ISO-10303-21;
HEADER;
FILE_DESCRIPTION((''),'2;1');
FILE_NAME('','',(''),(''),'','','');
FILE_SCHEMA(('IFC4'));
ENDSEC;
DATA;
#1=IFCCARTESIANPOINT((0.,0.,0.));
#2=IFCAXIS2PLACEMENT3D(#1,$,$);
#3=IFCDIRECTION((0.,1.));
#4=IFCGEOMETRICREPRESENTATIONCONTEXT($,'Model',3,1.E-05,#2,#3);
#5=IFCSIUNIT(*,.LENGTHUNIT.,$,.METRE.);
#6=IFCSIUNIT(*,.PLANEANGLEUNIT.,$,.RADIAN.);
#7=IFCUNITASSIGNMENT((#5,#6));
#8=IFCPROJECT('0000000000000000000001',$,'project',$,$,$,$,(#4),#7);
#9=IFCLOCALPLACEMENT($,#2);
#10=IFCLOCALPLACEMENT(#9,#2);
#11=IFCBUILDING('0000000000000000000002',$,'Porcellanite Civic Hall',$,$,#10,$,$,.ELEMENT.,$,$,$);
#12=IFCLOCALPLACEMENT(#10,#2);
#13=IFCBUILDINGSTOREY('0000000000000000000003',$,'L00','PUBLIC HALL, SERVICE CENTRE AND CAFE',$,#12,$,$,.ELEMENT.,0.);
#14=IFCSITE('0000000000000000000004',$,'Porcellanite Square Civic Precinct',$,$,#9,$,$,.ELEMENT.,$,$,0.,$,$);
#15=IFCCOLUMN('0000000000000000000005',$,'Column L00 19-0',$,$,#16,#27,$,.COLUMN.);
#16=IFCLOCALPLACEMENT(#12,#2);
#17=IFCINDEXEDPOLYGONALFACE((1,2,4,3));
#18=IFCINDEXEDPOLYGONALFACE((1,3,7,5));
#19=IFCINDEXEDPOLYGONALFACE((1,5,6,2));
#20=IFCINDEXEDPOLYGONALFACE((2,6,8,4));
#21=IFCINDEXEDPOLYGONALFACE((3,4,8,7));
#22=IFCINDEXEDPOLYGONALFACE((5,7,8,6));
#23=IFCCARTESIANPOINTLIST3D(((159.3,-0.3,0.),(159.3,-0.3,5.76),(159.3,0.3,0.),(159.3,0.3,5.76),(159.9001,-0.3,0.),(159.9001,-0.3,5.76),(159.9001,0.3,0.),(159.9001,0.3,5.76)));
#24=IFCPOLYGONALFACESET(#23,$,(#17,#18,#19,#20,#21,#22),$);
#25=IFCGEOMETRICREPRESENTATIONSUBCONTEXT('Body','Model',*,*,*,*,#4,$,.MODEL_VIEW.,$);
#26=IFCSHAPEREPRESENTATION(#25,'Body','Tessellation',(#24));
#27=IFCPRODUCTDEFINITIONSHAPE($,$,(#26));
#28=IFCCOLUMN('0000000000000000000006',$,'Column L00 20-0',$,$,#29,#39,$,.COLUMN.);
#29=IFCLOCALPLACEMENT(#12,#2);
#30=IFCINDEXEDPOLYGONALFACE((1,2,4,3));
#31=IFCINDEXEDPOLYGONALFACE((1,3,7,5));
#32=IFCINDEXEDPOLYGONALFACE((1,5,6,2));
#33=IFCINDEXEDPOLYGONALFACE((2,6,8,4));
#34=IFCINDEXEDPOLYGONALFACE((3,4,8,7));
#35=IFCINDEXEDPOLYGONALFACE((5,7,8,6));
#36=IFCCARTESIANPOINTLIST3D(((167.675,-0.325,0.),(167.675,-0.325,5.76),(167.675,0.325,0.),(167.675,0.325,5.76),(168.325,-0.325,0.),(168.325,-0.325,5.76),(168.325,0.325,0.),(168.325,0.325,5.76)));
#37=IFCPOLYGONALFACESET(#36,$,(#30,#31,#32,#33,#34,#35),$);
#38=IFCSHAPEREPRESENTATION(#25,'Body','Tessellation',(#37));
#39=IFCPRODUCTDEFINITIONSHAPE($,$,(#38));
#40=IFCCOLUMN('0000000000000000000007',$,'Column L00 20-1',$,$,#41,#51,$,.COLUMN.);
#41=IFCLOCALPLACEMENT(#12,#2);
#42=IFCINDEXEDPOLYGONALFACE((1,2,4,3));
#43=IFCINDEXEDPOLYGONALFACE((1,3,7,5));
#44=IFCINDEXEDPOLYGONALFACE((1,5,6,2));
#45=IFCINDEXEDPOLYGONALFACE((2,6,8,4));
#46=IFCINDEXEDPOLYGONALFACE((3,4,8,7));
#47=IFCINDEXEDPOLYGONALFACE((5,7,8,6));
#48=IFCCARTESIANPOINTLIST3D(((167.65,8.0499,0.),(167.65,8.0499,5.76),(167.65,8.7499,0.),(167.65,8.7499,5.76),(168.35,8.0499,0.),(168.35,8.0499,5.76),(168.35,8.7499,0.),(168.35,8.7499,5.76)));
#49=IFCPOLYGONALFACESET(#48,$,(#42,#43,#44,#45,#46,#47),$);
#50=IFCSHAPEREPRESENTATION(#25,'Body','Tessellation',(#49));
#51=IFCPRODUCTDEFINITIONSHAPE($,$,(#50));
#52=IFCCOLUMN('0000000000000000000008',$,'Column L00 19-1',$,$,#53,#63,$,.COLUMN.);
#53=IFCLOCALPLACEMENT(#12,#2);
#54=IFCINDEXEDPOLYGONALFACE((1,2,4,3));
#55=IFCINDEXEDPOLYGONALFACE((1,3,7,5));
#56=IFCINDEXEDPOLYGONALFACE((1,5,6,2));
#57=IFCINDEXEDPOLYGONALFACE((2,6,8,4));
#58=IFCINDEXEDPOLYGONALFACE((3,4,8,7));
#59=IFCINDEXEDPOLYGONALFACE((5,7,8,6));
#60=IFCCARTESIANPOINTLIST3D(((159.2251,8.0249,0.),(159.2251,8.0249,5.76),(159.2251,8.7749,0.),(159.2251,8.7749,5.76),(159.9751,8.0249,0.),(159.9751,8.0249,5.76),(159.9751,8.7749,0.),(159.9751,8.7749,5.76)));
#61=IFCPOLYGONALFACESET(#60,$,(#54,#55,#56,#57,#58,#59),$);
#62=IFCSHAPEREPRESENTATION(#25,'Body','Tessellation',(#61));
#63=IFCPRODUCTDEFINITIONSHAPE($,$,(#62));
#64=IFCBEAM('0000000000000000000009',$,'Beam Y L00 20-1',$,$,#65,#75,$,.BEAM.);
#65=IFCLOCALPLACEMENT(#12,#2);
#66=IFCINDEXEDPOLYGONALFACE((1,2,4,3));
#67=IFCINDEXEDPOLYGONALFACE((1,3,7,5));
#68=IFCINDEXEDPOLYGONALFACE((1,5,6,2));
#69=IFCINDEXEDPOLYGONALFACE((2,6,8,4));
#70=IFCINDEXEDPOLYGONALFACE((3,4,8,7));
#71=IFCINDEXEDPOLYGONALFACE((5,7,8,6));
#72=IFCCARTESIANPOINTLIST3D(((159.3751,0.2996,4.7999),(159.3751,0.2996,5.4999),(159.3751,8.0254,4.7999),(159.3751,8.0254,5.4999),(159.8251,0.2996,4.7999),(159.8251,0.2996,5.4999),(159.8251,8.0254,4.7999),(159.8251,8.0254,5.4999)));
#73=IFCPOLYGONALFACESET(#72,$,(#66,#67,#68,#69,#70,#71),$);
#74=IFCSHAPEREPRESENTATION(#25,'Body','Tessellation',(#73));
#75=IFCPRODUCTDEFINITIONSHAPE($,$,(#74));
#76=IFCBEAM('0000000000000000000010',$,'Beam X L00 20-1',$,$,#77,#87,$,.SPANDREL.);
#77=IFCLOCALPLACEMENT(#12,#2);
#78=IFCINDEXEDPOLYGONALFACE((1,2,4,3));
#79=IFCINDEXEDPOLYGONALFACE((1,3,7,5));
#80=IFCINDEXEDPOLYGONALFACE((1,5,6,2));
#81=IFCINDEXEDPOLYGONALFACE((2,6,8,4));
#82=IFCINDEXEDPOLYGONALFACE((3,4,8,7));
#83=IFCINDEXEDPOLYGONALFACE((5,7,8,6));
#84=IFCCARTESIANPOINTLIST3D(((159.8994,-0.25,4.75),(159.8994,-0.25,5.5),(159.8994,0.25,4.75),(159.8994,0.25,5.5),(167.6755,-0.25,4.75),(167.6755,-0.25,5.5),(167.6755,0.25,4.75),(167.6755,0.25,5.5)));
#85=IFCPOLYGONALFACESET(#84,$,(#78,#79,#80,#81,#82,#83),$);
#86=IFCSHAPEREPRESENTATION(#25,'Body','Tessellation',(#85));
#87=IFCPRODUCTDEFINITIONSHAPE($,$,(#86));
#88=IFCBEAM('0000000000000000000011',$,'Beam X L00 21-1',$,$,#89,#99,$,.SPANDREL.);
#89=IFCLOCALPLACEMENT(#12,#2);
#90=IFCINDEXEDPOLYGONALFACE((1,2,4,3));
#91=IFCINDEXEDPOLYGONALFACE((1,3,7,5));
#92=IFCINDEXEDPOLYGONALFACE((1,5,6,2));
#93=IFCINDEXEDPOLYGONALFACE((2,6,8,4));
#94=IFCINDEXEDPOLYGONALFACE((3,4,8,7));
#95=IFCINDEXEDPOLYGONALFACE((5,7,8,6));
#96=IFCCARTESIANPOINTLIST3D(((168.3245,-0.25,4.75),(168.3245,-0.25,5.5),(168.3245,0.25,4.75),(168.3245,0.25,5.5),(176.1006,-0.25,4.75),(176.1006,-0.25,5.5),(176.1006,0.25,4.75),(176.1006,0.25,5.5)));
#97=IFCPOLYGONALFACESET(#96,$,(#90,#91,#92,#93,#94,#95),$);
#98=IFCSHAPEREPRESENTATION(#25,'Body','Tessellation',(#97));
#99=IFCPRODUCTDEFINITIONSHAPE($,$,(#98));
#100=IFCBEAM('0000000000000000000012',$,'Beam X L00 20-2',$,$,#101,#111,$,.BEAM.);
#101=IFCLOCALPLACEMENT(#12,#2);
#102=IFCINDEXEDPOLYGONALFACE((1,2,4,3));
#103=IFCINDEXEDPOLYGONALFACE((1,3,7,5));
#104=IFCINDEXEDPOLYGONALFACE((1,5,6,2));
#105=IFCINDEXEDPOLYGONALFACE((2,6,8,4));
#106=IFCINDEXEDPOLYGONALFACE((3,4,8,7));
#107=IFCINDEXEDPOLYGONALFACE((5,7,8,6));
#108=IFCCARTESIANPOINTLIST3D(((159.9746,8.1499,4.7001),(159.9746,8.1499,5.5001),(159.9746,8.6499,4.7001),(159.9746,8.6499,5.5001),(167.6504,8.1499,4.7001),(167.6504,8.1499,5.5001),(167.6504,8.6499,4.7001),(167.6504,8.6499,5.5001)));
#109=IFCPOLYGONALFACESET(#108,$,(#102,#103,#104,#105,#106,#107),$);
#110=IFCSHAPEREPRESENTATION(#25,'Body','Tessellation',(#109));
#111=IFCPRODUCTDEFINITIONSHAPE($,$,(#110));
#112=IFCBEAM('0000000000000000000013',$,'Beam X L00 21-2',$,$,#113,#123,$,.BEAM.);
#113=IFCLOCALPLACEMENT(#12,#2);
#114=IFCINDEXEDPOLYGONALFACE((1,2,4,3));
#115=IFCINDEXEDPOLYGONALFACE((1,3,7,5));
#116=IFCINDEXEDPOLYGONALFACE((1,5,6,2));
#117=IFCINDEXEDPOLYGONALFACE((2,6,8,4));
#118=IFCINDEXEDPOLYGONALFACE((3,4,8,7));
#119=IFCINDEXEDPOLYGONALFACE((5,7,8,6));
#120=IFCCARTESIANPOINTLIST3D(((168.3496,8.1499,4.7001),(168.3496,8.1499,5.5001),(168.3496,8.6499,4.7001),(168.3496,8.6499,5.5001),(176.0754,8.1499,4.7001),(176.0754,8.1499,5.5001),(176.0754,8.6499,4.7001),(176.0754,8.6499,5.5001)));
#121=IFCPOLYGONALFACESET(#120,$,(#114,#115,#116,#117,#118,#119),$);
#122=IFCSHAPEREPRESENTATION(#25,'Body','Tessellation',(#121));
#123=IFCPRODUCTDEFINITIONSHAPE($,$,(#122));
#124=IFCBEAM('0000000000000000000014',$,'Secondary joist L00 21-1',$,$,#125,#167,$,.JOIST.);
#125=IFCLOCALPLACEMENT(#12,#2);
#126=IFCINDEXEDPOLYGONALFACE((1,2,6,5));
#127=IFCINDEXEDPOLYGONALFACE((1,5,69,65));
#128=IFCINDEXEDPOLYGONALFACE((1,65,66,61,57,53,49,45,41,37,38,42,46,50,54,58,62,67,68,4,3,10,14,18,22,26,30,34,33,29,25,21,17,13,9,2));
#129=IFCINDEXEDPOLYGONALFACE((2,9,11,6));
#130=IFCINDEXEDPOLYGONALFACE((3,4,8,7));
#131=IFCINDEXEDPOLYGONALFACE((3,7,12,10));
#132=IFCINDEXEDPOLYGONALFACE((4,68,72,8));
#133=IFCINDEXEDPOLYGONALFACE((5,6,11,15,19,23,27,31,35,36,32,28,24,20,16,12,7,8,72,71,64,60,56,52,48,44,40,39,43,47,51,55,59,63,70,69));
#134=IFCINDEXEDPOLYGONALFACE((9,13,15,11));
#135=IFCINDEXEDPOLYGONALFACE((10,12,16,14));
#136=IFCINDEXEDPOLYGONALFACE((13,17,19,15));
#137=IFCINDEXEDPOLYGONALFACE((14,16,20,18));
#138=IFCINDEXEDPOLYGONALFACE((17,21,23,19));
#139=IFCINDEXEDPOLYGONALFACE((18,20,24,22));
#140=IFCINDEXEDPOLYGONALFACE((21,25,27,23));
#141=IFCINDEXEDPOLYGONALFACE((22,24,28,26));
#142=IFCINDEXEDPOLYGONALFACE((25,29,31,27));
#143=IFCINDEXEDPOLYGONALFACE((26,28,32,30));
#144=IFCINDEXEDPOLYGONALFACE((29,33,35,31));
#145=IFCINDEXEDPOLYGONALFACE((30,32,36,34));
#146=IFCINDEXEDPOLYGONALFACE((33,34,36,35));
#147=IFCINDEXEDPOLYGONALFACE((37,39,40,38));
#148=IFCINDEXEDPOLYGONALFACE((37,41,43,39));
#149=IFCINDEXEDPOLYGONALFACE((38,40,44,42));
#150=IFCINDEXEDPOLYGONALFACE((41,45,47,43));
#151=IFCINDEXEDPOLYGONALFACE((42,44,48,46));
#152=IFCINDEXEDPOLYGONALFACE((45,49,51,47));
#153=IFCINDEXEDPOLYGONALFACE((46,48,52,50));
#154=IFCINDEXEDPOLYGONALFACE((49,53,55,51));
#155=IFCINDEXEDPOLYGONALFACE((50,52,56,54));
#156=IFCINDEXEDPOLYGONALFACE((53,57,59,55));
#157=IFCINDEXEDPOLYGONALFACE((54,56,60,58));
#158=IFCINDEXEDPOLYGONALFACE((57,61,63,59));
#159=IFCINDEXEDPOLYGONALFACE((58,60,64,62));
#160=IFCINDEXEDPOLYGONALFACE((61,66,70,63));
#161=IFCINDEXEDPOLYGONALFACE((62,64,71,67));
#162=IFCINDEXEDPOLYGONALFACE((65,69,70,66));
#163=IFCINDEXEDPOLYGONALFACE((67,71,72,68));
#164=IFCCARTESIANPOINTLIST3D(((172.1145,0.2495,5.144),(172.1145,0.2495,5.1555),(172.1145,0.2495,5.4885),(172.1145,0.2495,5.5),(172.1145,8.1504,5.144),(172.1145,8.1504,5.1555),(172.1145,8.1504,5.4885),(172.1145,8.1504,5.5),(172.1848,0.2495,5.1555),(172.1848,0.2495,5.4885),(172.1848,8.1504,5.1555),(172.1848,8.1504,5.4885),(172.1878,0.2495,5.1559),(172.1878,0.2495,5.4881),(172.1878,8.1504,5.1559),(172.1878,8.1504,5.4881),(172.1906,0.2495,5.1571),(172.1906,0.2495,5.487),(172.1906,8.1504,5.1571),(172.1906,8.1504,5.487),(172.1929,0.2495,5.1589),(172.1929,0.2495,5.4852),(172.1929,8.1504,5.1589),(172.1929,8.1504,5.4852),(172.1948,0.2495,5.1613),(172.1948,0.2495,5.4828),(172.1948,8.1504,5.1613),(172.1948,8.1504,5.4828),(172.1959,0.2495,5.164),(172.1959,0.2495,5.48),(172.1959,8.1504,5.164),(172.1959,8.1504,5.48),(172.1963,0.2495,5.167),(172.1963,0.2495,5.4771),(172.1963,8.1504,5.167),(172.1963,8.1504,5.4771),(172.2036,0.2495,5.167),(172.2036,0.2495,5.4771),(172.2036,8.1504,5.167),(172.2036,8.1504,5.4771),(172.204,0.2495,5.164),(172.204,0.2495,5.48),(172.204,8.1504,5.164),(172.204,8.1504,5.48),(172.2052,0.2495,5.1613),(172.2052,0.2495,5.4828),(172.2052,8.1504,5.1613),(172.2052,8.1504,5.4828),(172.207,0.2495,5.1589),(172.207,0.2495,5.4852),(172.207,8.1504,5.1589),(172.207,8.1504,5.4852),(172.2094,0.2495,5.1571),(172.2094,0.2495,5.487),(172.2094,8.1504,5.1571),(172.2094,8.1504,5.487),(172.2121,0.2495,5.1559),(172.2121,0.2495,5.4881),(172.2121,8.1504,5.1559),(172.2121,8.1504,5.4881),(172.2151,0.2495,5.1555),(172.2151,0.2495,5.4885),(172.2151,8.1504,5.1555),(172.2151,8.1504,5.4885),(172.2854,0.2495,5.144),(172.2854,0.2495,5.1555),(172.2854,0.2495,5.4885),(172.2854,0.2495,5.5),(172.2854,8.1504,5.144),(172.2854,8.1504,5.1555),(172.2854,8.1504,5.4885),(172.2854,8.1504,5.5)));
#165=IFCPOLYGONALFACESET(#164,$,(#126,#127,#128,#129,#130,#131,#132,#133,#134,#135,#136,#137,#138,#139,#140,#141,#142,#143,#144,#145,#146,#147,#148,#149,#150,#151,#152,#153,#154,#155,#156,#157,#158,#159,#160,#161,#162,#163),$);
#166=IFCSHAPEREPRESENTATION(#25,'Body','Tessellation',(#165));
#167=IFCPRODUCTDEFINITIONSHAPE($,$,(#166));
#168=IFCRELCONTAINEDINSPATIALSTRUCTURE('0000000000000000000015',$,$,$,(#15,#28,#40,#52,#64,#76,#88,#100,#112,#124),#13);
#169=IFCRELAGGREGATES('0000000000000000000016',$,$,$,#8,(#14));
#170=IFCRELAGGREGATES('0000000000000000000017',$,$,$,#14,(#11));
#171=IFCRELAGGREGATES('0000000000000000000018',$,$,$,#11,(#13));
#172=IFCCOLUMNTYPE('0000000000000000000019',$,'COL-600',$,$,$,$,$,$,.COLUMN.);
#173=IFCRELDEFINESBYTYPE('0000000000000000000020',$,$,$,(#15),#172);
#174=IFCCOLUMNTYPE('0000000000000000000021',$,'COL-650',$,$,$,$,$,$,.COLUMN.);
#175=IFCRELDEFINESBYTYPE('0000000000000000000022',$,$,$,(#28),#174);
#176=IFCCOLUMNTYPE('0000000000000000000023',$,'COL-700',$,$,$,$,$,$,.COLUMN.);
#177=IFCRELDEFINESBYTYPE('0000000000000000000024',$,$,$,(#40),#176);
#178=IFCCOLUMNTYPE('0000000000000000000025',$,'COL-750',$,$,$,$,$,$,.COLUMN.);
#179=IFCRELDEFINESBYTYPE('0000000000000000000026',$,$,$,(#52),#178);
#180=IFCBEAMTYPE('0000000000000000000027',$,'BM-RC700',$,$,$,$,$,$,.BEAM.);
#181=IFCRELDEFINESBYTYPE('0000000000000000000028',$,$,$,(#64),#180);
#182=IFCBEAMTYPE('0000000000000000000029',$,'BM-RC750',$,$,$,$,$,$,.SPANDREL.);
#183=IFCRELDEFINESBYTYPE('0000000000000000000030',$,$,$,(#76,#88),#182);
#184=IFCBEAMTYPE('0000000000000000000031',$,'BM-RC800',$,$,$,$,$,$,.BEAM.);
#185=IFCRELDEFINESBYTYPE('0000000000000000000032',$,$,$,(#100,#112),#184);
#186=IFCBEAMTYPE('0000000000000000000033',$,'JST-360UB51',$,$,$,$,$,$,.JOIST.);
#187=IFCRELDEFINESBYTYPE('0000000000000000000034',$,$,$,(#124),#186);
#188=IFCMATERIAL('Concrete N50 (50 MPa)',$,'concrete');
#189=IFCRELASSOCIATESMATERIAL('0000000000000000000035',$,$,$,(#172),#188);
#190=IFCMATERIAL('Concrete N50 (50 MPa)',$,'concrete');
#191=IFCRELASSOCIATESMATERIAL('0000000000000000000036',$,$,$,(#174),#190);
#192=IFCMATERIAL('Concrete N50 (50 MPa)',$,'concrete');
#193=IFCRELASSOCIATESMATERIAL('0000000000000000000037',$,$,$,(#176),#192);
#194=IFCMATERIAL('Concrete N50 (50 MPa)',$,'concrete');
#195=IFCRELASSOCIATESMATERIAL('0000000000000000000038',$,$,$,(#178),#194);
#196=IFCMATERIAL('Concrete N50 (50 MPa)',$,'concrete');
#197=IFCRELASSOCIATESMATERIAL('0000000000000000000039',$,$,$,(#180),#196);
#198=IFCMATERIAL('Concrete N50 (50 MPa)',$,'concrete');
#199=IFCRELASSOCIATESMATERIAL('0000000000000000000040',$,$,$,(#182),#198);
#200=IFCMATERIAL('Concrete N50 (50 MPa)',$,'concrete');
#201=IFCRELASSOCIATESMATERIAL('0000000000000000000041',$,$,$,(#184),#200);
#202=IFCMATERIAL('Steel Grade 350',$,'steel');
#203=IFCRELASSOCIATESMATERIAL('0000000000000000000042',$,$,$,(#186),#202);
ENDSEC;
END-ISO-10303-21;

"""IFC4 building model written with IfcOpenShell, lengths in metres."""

from ifc_helpers import new_model, si_unit, direction, frame, origin, origin_2d, place, context, subcontext, project, spatial, rectangle, i_section, extrude, material, material_profile, profile_set, type_object, element, save


model = new_model("IFC4")

# Units and contexts
model_context = context("Model", 3, precision=1e-05, world=origin(), true_north=direction((0.0, 1.0)))
body_context = subcontext(model_context, "Body", "Model", "MODEL_VIEW")
ifc_project = project(units=[si_unit("LENGTHUNIT", "METRE"), si_unit("PLANEANGLEUNIT", "RADIAN")], contexts=[model_context])

# Site, building, storey
site_placement = place(None, origin())
site = spatial("IfcSite", under=ifc_project, at=site_placement, Name="Porcellanite Square Civic Precinct", CompositionType="ELEMENT", RefElevation=0.0)
building_placement = place(site_placement, origin())
building = spatial("IfcBuilding", under=site, at=building_placement, Name="Porcellanite Civic Hall", CompositionType="ELEMENT")
storey_placement = place(building_placement, origin())
storey = spatial("IfcBuildingStorey", under=building, at=storey_placement, Name="L00", Description="PUBLIC HALL, SERVICE CENTRE AND CAFE", CompositionType="ELEMENT", Elevation=0.0)

# Columns
ifc_material_1 = material(Name="Concrete N50 (50 MPa)", Category="concrete")
ifc_material_profile_1 = material_profile(ifc_material_1, rectangle(XDim=0.6001, YDim=0.6001, at=origin_2d()), Name="RC-600x600")
ifc_profile_set_1 = profile_set([ifc_material_profile_1], Name="Concrete N50 (50 MPa)")
column_type_1 = type_object("IfcColumnType", Name="COL-600", PredefinedType="COLUMN", material=ifc_profile_set_1)
column_1_placement = place(storey_placement, frame((159.6001, 0.0, 0.0), z_axis=(0.0, 0.0, 1.0), x_axis=(1.0, 0.0, 0.0)))
element("IfcColumn", 1, at=column_1_placement, inside=storey, type_object=column_type_1, Name="Column L00 19-0", PredefinedType="COLUMN", context=body_context, shape_type="SweptSolid", body=[
    extrude(rectangle(XDim=0.6001, YDim=0.6001, at=origin_2d()), origin(), (0.0, 0.0, 1.0), 5.76),
])
ifc_material_2 = material(Name="Concrete N50 (50 MPa)", Category="concrete")
ifc_material_profile_2 = material_profile(ifc_material_2, rectangle(XDim=0.6499, YDim=0.6499, at=origin_2d()), Name="RC-650x650")
ifc_profile_set_2 = profile_set([ifc_material_profile_2], Name="Concrete N50 (50 MPa)")
column_type_2 = type_object("IfcColumnType", Name="COL-650", PredefinedType="COLUMN", material=ifc_profile_set_2)
column_2_placement = place(storey_placement, frame((168.0, 0.0, 0.0), z_axis=(0.0, 0.0, 1.0), x_axis=(1.0, 0.0, 0.0)))
element("IfcColumn", 2, at=column_2_placement, inside=storey, type_object=column_type_2, Name="Column L00 20-0", PredefinedType="COLUMN", context=body_context, shape_type="SweptSolid", body=[
    extrude(rectangle(XDim=0.6499, YDim=0.6499, at=origin_2d()), origin(), (0.0, 0.0, 1.0), 5.76),
])
ifc_material_3 = material(Name="Concrete N50 (50 MPa)", Category="concrete")
ifc_material_profile_3 = material_profile(ifc_material_3, rectangle(XDim=0.7, YDim=0.7, at=origin_2d()), Name="RC-700x700")
ifc_profile_set_3 = profile_set([ifc_material_profile_3], Name="Concrete N50 (50 MPa)")
column_type_3 = type_object("IfcColumnType", Name="COL-700", PredefinedType="COLUMN", material=ifc_profile_set_3)
column_3_placement = place(storey_placement, frame((168.0, 8.3999, 0.0), z_axis=(0.0, 0.0, 1.0), x_axis=(1.0, 0.0, 0.0)))
element("IfcColumn", 3, at=column_3_placement, inside=storey, type_object=column_type_3, Name="Column L00 20-1", PredefinedType="COLUMN", context=body_context, shape_type="SweptSolid", body=[
    extrude(rectangle(XDim=0.7, YDim=0.7, at=origin_2d()), origin(), (0.0, 0.0, 1.0), 5.76),
])
ifc_material_4 = material(Name="Concrete N50 (50 MPa)", Category="concrete")
ifc_material_profile_4 = material_profile(ifc_material_4, rectangle(XDim=0.75, YDim=0.75, at=origin_2d()), Name="RC-750x750")
ifc_profile_set_4 = profile_set([ifc_material_profile_4], Name="Concrete N50 (50 MPa)")
column_type_4 = type_object("IfcColumnType", Name="COL-750", PredefinedType="COLUMN", material=ifc_profile_set_4)
column_4_placement = place(storey_placement, frame((159.6001, 8.3999, 0.0), z_axis=(0.0, 0.0, 1.0), x_axis=(1.0, 0.0, 0.0)))
element("IfcColumn", 4, at=column_4_placement, inside=storey, type_object=column_type_4, Name="Column L00 19-1", PredefinedType="COLUMN", context=body_context, shape_type="SweptSolid", body=[
    extrude(rectangle(XDim=0.75, YDim=0.75, at=origin_2d()), origin(), (0.0, 0.0, 1.0), 5.76),
])

# Beams
ifc_material_5 = material(Name="Concrete N50 (50 MPa)", Category="concrete")
ifc_material_profile_5 = material_profile(ifc_material_5, rectangle(XDim=0.45, YDim=0.7, at=origin_2d()), Name="RC-450x700")
ifc_profile_set_5 = profile_set([ifc_material_profile_5], Name="Concrete N50 (50 MPa)")
beam_type_1 = type_object("IfcBeamType", Name="BM-RC700", PredefinedType="BEAM", material=ifc_profile_set_5)
beam_1_placement = place(storey_placement, frame((159.6001, 0.2996, 5.1499), z_axis=(0.0, 1.0, 0.0), x_axis=(-1.0, 0.0, 0.0)))
element("IfcBeam", 5, at=beam_1_placement, inside=storey, type_object=beam_type_1, Name="Beam Y L00 20-1", PredefinedType="BEAM", context=body_context, shape_type="SweptSolid", body=[
    extrude(rectangle(XDim=0.45, YDim=0.7, at=origin_2d()), origin(), (0.0, 0.0, 1.0), 7.7258),
])
ifc_material_6 = material(Name="Concrete N50 (50 MPa)", Category="concrete")
ifc_material_profile_6 = material_profile(ifc_material_6, rectangle(XDim=0.5, YDim=0.75, at=origin_2d()), Name="RC-500x750")
ifc_profile_set_6 = profile_set([ifc_material_profile_6], Name="Concrete N50 (50 MPa)")
beam_type_2 = type_object("IfcBeamType", Name="BM-RC750", PredefinedType="SPANDREL", material=ifc_profile_set_6)
for number, where, z_axis, x_axis, name in (
    (6, (159.8994, 0.0, 5.125), (1.0, 0.0, 0.0), (0.0, 1.0, 0.0), "Beam X L00 20-1"),
    (7, (168.3245, 0.0, 5.125), (1.0, 0.0, 0.0), (0.0, 1.0, 0.0), "Beam X L00 21-1"),
):
    element("IfcBeam", number, at=place(storey_placement, frame(where, z_axis=z_axis, x_axis=x_axis)), inside=storey, type_object=beam_type_2, Name=name, PredefinedType="SPANDREL", context=body_context, shape_type="SweptSolid", body=[
        extrude(rectangle(XDim=0.5, YDim=0.75, at=origin_2d()), origin(), (0.0, 0.0, 1.0), 7.7761),
    ])
ifc_material_7 = material(Name="Concrete N50 (50 MPa)", Category="concrete")
ifc_material_profile_7 = material_profile(ifc_material_7, rectangle(XDim=0.5, YDim=0.8, at=origin_2d()), Name="RC-500x800")
ifc_profile_set_7 = profile_set([ifc_material_profile_7], Name="Concrete N50 (50 MPa)")
beam_type_3 = type_object("IfcBeamType", Name="BM-RC800", PredefinedType="BEAM", material=ifc_profile_set_7)
beam_2_placement = place(storey_placement, frame((159.9746, 8.3999, 5.1001), z_axis=(1.0, 0.0, 0.0), x_axis=(0.0, 1.0, 0.0)))
element("IfcBeam", 8, at=beam_2_placement, inside=storey, type_object=beam_type_3, Name="Beam X L00 20-2", PredefinedType="BEAM", context=body_context, shape_type="SweptSolid", body=[
    extrude(rectangle(XDim=0.5, YDim=0.8, at=origin_2d()), origin(), (0.0, 0.0, 1.0), 7.6758),
])
beam_3_placement = place(storey_placement, frame((168.3496, 8.3999, 5.1001), z_axis=(1.0, 0.0, 0.0), x_axis=(0.0, 1.0, 0.0)))
element("IfcBeam", 9, at=beam_3_placement, inside=storey, type_object=beam_type_3, Name="Beam X L00 21-2", PredefinedType="BEAM", context=body_context, shape_type="SweptSolid", body=[
    extrude(rectangle(XDim=0.5, YDim=0.8, at=origin_2d()), origin(), (0.0, 0.0, 1.0), 7.7258),
])
ifc_material_8 = material(Name="Steel Grade 350", Category="steel")
ifc_material_profile_8 = material_profile(ifc_material_8, i_section(OverallWidth=0.1709, OverallDepth=0.356, WebThickness=0.0073, FlangeThickness=0.0115, FilletRadius=0.0115, at=origin_2d()), Name="360UB50.7")
ifc_profile_set_8 = profile_set([ifc_material_profile_8], Name="Steel Grade 350")
beam_type_4 = type_object("IfcBeamType", Name="JST-360UB51", PredefinedType="JOIST", material=ifc_profile_set_8)
beam_4_placement = place(storey_placement, frame((172.2, 0.2495, 5.322), z_axis=(0.0, 1.0, 0.0), x_axis=(-1.0, 0.0, 0.0)))
element("IfcBeam", 10, at=beam_4_placement, inside=storey, type_object=beam_type_4, Name="Secondary joist L00 21-1", PredefinedType="JOIST", context=body_context, shape_type="SweptSolid", body=[
    extrude(i_section(OverallWidth=0.1709, OverallDepth=0.356, WebThickness=0.0073, FlangeThickness=0.0115, FilletRadius=0.0115, at=origin_2d()), origin(), (0.0, 0.0, 1.0), 7.9009),
])

save(model, "model.ifc")
